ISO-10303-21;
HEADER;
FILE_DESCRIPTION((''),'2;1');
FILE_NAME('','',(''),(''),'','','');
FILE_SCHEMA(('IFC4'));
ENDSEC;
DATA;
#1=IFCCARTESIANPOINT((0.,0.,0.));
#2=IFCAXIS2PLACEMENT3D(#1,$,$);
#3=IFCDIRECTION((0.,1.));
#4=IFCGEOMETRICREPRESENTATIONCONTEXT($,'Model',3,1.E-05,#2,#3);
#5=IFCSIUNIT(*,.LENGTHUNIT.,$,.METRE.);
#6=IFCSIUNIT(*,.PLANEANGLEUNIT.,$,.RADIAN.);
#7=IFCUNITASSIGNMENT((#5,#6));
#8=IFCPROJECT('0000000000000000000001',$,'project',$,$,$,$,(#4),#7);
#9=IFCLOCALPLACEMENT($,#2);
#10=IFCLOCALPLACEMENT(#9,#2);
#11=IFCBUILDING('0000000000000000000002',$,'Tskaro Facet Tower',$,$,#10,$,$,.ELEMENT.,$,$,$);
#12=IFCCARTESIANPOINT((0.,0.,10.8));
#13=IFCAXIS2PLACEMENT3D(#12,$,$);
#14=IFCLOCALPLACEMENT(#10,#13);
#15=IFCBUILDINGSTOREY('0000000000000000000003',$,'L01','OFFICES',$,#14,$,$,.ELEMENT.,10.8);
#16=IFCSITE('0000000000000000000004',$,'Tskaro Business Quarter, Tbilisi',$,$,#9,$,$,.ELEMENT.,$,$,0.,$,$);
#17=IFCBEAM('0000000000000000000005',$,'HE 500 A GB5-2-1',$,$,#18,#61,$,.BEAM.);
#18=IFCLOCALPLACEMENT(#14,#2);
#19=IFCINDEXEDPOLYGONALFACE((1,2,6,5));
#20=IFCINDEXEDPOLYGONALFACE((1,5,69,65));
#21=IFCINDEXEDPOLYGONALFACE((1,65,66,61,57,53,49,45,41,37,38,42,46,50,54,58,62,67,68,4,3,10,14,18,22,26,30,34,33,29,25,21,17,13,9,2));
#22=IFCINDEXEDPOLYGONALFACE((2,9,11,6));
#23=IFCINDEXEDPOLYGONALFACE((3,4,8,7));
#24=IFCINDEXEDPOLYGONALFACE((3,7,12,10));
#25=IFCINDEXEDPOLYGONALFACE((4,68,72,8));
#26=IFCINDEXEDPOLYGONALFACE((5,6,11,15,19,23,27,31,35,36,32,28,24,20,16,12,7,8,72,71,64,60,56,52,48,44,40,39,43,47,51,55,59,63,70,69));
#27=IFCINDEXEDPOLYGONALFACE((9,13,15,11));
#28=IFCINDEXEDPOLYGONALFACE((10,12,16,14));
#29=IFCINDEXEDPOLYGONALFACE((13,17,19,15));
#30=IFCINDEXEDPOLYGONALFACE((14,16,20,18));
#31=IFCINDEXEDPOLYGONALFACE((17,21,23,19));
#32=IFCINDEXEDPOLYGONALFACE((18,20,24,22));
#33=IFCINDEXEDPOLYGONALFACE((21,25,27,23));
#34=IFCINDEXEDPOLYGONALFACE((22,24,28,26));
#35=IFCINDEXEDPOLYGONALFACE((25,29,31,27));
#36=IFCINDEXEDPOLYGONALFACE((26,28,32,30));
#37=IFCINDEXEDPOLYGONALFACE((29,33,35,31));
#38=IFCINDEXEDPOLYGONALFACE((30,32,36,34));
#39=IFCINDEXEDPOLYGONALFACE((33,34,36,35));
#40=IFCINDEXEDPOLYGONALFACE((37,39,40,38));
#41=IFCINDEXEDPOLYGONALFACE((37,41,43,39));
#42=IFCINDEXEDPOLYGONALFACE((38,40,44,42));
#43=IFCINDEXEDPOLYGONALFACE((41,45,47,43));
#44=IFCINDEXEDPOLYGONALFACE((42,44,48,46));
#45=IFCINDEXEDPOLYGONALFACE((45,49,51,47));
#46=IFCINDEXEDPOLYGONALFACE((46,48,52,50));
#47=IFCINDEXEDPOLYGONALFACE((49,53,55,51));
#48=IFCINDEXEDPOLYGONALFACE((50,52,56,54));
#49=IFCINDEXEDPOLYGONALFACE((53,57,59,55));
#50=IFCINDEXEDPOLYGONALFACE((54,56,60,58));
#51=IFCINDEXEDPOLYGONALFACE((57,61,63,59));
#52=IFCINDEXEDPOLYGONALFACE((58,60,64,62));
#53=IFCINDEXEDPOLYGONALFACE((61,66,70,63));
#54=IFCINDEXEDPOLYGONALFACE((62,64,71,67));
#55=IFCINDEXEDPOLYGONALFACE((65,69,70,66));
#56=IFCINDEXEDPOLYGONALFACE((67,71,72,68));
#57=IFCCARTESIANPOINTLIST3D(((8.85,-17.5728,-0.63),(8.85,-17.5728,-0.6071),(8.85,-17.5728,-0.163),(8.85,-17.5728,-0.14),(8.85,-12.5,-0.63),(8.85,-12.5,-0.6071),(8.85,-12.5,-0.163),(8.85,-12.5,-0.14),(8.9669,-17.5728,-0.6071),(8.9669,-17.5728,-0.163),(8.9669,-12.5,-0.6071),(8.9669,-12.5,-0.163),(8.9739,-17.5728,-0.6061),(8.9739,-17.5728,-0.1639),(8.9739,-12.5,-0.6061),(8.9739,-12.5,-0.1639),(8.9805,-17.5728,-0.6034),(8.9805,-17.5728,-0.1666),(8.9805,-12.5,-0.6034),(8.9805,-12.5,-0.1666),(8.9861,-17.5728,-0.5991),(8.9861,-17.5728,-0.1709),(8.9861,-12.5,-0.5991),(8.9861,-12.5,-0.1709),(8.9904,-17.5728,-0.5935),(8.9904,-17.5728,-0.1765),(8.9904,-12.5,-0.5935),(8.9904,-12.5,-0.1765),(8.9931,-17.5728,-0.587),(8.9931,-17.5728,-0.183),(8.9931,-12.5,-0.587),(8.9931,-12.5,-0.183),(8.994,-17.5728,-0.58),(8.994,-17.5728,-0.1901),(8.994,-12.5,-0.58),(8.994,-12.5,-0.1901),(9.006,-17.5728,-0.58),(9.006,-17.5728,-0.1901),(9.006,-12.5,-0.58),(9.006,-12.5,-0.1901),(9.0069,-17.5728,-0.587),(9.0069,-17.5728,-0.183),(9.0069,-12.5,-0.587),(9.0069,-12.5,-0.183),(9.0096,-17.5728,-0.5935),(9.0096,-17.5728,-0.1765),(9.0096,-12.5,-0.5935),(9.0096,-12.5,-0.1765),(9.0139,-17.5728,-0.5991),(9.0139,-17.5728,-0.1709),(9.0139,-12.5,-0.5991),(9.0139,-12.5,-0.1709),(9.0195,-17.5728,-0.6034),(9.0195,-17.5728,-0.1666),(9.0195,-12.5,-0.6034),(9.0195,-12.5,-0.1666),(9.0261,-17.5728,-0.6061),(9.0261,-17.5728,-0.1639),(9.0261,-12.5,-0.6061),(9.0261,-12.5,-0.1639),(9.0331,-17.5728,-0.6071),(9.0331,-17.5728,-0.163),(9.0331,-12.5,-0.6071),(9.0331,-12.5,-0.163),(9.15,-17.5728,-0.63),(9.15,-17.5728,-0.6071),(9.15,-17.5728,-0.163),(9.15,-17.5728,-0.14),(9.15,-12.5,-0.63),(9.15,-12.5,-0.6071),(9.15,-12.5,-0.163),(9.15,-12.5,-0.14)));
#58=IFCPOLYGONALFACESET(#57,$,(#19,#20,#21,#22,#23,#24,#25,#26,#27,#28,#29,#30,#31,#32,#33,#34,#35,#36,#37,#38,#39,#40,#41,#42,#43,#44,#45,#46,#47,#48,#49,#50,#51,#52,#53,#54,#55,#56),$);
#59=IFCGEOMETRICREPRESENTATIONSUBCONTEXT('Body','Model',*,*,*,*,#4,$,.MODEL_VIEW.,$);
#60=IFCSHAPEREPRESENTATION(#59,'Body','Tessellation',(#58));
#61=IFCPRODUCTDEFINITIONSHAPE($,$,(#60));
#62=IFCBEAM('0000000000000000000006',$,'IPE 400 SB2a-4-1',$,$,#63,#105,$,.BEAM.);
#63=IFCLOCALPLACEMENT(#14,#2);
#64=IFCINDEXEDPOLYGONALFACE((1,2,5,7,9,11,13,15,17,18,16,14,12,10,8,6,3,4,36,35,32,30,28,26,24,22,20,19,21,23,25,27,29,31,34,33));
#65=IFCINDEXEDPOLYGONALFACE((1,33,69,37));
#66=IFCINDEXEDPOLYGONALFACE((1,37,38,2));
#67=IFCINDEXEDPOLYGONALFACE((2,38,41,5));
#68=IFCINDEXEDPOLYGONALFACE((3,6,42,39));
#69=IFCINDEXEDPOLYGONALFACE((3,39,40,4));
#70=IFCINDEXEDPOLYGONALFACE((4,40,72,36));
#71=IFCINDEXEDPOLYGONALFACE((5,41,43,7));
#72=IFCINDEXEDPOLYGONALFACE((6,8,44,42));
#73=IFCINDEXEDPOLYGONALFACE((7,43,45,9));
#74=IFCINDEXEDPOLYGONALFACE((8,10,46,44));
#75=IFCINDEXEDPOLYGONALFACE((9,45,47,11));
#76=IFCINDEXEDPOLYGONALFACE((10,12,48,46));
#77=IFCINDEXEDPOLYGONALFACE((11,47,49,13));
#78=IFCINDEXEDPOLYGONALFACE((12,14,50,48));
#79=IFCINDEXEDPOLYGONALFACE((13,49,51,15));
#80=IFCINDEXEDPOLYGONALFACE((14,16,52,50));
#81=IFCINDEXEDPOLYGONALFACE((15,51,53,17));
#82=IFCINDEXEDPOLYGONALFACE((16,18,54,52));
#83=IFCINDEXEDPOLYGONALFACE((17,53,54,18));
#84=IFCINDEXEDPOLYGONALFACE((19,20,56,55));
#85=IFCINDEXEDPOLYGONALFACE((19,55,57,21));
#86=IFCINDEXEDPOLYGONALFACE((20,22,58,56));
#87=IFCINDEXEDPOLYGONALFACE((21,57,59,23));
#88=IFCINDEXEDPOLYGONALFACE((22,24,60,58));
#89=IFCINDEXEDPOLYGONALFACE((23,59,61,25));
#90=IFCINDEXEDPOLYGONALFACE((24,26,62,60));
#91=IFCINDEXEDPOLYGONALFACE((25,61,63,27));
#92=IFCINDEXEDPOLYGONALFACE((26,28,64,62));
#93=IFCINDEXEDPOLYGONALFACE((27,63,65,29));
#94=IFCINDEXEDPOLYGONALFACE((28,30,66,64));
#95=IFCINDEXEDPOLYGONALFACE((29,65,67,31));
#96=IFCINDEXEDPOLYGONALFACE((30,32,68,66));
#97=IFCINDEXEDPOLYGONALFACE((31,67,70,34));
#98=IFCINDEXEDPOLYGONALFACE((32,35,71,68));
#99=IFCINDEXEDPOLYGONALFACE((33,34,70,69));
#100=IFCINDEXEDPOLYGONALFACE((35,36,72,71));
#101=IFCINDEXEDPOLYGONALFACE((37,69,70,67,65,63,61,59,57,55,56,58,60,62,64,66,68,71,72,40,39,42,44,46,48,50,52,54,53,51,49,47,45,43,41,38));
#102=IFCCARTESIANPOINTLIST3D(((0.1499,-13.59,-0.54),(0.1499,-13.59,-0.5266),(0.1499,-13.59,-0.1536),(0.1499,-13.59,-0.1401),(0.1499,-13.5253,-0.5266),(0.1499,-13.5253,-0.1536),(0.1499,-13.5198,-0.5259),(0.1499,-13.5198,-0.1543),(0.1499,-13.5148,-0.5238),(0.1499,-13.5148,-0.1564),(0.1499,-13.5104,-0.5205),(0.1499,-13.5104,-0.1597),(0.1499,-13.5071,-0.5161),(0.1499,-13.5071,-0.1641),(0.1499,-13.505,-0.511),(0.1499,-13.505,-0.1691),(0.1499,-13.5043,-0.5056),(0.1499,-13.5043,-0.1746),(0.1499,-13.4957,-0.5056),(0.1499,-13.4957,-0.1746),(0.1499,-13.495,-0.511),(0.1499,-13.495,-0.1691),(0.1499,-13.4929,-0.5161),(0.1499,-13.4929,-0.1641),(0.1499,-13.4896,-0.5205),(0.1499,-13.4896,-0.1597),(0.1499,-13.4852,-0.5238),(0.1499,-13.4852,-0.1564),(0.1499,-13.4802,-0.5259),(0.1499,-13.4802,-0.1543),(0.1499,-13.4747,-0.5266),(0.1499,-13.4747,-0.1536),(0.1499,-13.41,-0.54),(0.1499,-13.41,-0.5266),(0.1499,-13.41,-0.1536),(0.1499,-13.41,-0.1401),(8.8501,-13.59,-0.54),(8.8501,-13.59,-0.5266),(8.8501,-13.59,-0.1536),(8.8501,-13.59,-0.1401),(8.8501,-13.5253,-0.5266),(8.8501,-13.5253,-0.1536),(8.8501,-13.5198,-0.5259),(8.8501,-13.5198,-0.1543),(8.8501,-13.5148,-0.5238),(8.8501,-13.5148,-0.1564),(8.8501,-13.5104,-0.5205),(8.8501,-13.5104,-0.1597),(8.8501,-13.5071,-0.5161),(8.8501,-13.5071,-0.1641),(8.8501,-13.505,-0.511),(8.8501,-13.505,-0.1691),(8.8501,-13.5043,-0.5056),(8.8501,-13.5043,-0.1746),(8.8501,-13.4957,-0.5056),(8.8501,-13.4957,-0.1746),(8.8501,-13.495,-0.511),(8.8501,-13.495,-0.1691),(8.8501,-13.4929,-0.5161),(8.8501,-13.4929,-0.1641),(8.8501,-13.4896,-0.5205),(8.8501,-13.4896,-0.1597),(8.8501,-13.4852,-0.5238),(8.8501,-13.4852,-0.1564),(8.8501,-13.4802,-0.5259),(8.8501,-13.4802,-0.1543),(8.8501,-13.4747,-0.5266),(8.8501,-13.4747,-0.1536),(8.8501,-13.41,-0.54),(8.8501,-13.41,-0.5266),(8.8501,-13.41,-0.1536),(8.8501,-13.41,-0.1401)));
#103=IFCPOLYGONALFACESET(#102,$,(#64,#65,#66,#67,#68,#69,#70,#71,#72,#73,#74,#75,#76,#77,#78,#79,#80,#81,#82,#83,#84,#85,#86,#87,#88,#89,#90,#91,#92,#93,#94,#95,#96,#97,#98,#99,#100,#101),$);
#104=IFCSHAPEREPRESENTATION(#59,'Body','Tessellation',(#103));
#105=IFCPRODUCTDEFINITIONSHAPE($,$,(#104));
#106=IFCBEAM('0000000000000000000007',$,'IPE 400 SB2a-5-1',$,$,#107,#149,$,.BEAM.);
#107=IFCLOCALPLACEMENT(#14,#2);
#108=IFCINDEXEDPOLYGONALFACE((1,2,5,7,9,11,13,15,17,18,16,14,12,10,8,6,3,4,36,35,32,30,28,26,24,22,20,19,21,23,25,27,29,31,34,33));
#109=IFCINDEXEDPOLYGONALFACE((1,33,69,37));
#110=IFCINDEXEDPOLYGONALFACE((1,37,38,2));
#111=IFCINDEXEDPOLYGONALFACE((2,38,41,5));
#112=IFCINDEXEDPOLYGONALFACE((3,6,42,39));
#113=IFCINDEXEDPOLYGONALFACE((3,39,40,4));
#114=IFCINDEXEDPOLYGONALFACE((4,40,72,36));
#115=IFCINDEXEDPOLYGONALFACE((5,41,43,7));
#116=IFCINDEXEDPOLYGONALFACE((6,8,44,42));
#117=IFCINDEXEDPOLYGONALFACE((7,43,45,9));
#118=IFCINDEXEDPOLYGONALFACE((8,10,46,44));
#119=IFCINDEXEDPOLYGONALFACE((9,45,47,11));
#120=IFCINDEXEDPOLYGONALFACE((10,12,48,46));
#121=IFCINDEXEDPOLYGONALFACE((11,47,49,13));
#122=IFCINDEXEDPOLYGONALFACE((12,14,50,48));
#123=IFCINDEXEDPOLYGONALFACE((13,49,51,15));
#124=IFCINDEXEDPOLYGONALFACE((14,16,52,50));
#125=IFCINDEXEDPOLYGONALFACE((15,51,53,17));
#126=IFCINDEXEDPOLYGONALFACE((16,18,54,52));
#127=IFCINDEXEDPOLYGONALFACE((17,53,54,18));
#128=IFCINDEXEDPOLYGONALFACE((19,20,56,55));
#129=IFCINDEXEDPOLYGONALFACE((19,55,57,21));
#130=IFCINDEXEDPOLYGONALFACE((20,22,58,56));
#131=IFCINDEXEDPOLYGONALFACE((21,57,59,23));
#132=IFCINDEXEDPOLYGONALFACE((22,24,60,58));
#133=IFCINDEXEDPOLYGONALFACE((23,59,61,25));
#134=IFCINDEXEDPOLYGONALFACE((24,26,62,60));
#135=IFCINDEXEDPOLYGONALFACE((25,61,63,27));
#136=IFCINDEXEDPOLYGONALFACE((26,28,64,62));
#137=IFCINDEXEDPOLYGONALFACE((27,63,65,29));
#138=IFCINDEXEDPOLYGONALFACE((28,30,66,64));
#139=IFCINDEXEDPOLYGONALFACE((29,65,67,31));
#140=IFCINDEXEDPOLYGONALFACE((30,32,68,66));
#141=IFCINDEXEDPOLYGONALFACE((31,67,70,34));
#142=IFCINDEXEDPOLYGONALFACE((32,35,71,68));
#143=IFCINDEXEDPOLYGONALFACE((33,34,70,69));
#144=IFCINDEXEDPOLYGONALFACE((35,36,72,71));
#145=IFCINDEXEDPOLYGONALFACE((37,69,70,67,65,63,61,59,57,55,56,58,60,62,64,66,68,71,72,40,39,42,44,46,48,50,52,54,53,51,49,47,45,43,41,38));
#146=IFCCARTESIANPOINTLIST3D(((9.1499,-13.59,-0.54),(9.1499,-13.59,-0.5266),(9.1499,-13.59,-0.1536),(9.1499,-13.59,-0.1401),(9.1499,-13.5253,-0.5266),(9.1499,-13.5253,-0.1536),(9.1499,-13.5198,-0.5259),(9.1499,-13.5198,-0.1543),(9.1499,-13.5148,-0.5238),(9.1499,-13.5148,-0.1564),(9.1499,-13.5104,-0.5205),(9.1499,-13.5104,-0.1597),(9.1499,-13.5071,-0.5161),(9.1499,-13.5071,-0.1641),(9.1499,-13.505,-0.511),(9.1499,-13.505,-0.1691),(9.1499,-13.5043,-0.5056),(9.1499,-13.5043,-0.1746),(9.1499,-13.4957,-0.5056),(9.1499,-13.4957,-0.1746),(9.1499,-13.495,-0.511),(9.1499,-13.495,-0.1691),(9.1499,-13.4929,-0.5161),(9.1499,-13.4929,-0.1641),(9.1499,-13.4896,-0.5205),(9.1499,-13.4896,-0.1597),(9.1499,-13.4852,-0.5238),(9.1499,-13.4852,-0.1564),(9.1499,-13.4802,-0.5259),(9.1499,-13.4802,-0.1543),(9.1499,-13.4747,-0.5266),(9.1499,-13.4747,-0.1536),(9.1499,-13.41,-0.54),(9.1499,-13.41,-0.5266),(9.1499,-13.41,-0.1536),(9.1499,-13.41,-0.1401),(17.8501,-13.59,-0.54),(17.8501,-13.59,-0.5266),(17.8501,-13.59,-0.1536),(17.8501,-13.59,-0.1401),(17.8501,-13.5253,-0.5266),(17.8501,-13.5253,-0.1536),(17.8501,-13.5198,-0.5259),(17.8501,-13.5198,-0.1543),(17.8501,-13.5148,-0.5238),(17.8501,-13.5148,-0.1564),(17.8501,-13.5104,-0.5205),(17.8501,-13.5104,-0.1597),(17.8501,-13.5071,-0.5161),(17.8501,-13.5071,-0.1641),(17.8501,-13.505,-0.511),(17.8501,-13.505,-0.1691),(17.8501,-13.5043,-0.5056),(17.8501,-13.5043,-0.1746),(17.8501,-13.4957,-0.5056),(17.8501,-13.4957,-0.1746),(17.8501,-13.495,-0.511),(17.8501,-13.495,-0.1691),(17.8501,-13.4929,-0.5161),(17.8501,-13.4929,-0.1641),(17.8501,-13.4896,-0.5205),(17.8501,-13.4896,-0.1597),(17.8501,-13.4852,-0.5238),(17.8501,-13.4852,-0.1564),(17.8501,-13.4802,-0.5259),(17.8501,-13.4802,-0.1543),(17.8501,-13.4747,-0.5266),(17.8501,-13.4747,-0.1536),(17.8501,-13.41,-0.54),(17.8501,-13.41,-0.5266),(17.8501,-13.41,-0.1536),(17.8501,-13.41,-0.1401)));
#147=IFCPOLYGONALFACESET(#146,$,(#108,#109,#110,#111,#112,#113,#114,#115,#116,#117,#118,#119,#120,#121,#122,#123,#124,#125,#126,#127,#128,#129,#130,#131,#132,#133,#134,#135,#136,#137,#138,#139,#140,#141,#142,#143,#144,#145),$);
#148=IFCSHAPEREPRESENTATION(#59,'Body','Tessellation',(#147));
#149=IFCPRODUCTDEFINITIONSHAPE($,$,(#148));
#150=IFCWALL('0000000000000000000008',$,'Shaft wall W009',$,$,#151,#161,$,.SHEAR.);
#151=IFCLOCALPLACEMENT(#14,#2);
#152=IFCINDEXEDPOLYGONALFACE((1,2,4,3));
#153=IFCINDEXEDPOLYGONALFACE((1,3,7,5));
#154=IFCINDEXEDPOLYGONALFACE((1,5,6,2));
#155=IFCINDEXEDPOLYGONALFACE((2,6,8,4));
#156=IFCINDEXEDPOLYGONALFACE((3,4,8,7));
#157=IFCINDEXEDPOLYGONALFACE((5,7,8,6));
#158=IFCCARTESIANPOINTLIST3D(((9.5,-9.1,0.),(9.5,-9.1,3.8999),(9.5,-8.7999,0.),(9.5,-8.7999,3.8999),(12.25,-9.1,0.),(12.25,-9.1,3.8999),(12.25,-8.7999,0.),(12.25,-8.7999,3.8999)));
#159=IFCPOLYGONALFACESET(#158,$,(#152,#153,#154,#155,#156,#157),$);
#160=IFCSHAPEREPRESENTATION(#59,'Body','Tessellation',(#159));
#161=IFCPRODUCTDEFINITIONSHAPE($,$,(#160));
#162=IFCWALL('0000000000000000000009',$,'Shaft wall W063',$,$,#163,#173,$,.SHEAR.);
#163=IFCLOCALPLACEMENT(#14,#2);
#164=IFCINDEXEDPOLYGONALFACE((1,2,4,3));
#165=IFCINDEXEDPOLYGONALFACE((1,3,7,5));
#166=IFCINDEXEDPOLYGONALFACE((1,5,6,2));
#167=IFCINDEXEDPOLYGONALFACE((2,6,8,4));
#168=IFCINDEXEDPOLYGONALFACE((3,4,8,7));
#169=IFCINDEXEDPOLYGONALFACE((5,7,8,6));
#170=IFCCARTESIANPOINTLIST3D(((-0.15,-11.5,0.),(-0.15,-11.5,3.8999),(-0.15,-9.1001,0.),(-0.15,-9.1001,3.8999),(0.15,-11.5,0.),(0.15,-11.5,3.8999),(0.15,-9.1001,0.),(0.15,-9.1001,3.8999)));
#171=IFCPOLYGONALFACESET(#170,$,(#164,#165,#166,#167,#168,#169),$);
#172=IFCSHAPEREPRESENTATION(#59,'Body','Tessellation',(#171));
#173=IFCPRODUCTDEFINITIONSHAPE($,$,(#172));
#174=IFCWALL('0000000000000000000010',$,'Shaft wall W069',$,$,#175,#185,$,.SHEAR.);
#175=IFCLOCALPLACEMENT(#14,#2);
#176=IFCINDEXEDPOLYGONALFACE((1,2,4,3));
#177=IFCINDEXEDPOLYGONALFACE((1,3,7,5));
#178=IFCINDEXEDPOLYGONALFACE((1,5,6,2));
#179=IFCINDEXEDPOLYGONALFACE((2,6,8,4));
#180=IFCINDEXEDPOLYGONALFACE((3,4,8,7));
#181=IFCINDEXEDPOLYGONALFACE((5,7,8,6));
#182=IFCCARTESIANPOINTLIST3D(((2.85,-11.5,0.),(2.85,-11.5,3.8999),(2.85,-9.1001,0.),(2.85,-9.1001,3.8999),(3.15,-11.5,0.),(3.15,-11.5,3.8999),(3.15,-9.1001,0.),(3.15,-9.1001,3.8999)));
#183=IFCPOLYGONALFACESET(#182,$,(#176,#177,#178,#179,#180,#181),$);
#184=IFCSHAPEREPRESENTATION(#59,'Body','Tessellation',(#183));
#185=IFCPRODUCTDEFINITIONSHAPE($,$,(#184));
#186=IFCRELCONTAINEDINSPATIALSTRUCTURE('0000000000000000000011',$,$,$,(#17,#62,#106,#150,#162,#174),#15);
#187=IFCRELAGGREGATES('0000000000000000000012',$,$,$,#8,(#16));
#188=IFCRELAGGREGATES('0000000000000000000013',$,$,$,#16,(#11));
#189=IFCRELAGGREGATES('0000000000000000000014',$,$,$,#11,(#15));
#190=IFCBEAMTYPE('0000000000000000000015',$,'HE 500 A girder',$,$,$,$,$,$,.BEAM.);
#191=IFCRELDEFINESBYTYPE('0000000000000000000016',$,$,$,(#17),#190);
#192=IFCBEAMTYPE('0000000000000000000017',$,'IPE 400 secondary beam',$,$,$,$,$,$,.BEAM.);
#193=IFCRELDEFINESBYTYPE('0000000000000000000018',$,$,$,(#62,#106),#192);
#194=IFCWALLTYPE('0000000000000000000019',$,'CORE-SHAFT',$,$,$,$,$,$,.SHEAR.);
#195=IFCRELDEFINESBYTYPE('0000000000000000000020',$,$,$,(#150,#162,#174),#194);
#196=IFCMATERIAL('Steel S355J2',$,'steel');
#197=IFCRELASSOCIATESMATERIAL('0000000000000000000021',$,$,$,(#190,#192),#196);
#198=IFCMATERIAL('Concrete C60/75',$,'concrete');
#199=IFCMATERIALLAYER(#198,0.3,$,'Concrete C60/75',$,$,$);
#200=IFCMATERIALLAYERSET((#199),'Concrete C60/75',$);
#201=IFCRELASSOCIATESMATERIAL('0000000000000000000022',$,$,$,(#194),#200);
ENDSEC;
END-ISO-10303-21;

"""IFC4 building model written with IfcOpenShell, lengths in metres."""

from ifc_helpers import new_model, si_unit, direction, frame, frame_2d, origin, origin_2d, place, context, subcontext, project, spatial, rectangle, i_section, extrude, material, layer, layer_set, material_profile, profile_set, type_object, element, save


model = new_model("IFC4")

# Units and contexts
model_context = context("Model", 3, precision=1e-05, world=origin(), true_north=direction((0.0, 1.0)))
body_context = subcontext(model_context, "Body", "Model", "MODEL_VIEW")
ifc_project = project(units=[si_unit("LENGTHUNIT", "METRE"), si_unit("PLANEANGLEUNIT", "RADIAN")], contexts=[model_context])

# Site, building, storey
site_placement = place(None, origin())
site = spatial("IfcSite", under=ifc_project, at=site_placement, Name="Tskaro Business Quarter, Tbilisi", CompositionType="ELEMENT", RefElevation=0.0)
building_placement = place(site_placement, origin())
building = spatial("IfcBuilding", under=site, at=building_placement, Name="Tskaro Facet Tower", CompositionType="ELEMENT")
storey_placement = place(building_placement, frame((0.0, 0.0, 10.8)))
storey = spatial("IfcBuildingStorey", under=building, at=storey_placement, Name="L01", Description="OFFICES", CompositionType="ELEMENT", Elevation=10.8)

# Beams
ifc_material_1 = material(Name="Steel S355J2", Category="steel")
ifc_material_profile_1 = material_profile(ifc_material_1, i_section(OverallWidth=0.3, OverallDepth=0.49, WebThickness=0.012, FlangeThickness=0.0229, FilletRadius=0.0271, at=origin_2d()), Name="HE 500 A")
ifc_profile_set_1 = profile_set([ifc_material_profile_1], Name="Steel S355J2")
beam_type_1 = type_object("IfcBeamType", Name="HE 500 A girder", PredefinedType="BEAM", material=ifc_profile_set_1)
beam_placement = place(storey_placement, frame((9.0, -17.5728, -0.385), z_axis=(0.0, 1.0, 0.0), x_axis=(-1.0, 0.0, 0.0)))
element("IfcBeam", 1, at=beam_placement, inside=storey, type_object=beam_type_1, Name="HE 500 A GB5-2-1", PredefinedType="BEAM", context=body_context, shape_type="SweptSolid", body=[
    extrude(i_section(OverallWidth=0.3, OverallDepth=0.49, WebThickness=0.012, FlangeThickness=0.0229, FilletRadius=0.0271, at=origin_2d()), origin(), (0.0, 0.0, 1.0), 5.0728),
])
ifc_material_profile_2 = material_profile(ifc_material_1, i_section(OverallWidth=0.1799, OverallDepth=0.3999, WebThickness=0.0085, FlangeThickness=0.0134, FilletRadius=0.021, at=origin_2d()), Name="IPE 400")
ifc_profile_set_2 = profile_set([ifc_material_profile_2], Name="Steel S355J2")
beam_type_2 = type_object("IfcBeamType", Name="IPE 400 secondary beam", PredefinedType="BEAM", material=ifc_profile_set_2)
for number, where, z_axis, x_axis, name in (
    (2, (0.1499, -13.5, -0.3401), (1.0, 0.0, 0.0), (0.0, 1.0, 0.0), "IPE 400 SB2a-4-1"),
    (3, (9.1499, -13.5, -0.3401), (1.0, 0.0, 0.0), (0.0, 1.0, 0.0), "IPE 400 SB2a-5-1"),
):
    element("IfcBeam", number, at=place(storey_placement, frame(where, z_axis=z_axis, x_axis=x_axis)), inside=storey, type_object=beam_type_2, Name=name, PredefinedType="BEAM", context=body_context, shape_type="SweptSolid", body=[
        extrude(i_section(OverallWidth=0.1799, OverallDepth=0.3999, WebThickness=0.0085, FlangeThickness=0.0134, FilletRadius=0.021, at=origin_2d()), origin(), (0.0, 0.0, 1.0), 8.7002),
    ])

# Walls
ifc_material_2 = material(Name="Concrete C60/75", Category="concrete")
ifc_layer_1 = layer(ifc_material_2, 0.3, Name="Concrete C60/75")
ifc_layer_set_1 = layer_set([ifc_layer_1], Name="Concrete C60/75")
wall_type_1 = type_object("IfcWallType", Name="CORE-SHAFT", PredefinedType="SHEAR", material=ifc_layer_set_1)
wall_1_placement = place(storey_placement, frame((9.5, -8.95, 0.0), z_axis=(0.0, 0.0, 1.0), x_axis=(1.0, 0.0, 0.0)))
element("IfcWall", 4, at=wall_1_placement, inside=storey, type_object=wall_type_1, Name="Shaft wall W009", PredefinedType="SHEAR", context=body_context, shape_type="SweptSolid", body=[
    extrude(rectangle(XDim=2.75, YDim=0.3, at=frame_2d((1.375, 0.0))), origin(), (0.0, 0.0, 1.0), 3.8999),
])
for number, where, z_axis, x_axis, name in (
    (5, (0.0, -11.5, 0.0), (0.0, 0.0, 1.0), (0.0, 1.0, 0.0), "Shaft wall W063"),
    (6, (3.0, -11.5, 0.0), (0.0, 0.0, 1.0), (0.0, 1.0, 0.0), "Shaft wall W069"),
):
    element("IfcWall", number, at=place(storey_placement, frame(where, z_axis=z_axis, x_axis=x_axis)), inside=storey, type_object=wall_type_1, Name=name, PredefinedType="SHEAR", context=body_context, shape_type="SweptSolid", body=[
        extrude(rectangle(XDim=2.3999, YDim=0.3, at=frame_2d((1.2, 0.0))), origin(), (0.0, 0.0, 1.0), 3.8999),
    ])

save(model, "model.ifc")
